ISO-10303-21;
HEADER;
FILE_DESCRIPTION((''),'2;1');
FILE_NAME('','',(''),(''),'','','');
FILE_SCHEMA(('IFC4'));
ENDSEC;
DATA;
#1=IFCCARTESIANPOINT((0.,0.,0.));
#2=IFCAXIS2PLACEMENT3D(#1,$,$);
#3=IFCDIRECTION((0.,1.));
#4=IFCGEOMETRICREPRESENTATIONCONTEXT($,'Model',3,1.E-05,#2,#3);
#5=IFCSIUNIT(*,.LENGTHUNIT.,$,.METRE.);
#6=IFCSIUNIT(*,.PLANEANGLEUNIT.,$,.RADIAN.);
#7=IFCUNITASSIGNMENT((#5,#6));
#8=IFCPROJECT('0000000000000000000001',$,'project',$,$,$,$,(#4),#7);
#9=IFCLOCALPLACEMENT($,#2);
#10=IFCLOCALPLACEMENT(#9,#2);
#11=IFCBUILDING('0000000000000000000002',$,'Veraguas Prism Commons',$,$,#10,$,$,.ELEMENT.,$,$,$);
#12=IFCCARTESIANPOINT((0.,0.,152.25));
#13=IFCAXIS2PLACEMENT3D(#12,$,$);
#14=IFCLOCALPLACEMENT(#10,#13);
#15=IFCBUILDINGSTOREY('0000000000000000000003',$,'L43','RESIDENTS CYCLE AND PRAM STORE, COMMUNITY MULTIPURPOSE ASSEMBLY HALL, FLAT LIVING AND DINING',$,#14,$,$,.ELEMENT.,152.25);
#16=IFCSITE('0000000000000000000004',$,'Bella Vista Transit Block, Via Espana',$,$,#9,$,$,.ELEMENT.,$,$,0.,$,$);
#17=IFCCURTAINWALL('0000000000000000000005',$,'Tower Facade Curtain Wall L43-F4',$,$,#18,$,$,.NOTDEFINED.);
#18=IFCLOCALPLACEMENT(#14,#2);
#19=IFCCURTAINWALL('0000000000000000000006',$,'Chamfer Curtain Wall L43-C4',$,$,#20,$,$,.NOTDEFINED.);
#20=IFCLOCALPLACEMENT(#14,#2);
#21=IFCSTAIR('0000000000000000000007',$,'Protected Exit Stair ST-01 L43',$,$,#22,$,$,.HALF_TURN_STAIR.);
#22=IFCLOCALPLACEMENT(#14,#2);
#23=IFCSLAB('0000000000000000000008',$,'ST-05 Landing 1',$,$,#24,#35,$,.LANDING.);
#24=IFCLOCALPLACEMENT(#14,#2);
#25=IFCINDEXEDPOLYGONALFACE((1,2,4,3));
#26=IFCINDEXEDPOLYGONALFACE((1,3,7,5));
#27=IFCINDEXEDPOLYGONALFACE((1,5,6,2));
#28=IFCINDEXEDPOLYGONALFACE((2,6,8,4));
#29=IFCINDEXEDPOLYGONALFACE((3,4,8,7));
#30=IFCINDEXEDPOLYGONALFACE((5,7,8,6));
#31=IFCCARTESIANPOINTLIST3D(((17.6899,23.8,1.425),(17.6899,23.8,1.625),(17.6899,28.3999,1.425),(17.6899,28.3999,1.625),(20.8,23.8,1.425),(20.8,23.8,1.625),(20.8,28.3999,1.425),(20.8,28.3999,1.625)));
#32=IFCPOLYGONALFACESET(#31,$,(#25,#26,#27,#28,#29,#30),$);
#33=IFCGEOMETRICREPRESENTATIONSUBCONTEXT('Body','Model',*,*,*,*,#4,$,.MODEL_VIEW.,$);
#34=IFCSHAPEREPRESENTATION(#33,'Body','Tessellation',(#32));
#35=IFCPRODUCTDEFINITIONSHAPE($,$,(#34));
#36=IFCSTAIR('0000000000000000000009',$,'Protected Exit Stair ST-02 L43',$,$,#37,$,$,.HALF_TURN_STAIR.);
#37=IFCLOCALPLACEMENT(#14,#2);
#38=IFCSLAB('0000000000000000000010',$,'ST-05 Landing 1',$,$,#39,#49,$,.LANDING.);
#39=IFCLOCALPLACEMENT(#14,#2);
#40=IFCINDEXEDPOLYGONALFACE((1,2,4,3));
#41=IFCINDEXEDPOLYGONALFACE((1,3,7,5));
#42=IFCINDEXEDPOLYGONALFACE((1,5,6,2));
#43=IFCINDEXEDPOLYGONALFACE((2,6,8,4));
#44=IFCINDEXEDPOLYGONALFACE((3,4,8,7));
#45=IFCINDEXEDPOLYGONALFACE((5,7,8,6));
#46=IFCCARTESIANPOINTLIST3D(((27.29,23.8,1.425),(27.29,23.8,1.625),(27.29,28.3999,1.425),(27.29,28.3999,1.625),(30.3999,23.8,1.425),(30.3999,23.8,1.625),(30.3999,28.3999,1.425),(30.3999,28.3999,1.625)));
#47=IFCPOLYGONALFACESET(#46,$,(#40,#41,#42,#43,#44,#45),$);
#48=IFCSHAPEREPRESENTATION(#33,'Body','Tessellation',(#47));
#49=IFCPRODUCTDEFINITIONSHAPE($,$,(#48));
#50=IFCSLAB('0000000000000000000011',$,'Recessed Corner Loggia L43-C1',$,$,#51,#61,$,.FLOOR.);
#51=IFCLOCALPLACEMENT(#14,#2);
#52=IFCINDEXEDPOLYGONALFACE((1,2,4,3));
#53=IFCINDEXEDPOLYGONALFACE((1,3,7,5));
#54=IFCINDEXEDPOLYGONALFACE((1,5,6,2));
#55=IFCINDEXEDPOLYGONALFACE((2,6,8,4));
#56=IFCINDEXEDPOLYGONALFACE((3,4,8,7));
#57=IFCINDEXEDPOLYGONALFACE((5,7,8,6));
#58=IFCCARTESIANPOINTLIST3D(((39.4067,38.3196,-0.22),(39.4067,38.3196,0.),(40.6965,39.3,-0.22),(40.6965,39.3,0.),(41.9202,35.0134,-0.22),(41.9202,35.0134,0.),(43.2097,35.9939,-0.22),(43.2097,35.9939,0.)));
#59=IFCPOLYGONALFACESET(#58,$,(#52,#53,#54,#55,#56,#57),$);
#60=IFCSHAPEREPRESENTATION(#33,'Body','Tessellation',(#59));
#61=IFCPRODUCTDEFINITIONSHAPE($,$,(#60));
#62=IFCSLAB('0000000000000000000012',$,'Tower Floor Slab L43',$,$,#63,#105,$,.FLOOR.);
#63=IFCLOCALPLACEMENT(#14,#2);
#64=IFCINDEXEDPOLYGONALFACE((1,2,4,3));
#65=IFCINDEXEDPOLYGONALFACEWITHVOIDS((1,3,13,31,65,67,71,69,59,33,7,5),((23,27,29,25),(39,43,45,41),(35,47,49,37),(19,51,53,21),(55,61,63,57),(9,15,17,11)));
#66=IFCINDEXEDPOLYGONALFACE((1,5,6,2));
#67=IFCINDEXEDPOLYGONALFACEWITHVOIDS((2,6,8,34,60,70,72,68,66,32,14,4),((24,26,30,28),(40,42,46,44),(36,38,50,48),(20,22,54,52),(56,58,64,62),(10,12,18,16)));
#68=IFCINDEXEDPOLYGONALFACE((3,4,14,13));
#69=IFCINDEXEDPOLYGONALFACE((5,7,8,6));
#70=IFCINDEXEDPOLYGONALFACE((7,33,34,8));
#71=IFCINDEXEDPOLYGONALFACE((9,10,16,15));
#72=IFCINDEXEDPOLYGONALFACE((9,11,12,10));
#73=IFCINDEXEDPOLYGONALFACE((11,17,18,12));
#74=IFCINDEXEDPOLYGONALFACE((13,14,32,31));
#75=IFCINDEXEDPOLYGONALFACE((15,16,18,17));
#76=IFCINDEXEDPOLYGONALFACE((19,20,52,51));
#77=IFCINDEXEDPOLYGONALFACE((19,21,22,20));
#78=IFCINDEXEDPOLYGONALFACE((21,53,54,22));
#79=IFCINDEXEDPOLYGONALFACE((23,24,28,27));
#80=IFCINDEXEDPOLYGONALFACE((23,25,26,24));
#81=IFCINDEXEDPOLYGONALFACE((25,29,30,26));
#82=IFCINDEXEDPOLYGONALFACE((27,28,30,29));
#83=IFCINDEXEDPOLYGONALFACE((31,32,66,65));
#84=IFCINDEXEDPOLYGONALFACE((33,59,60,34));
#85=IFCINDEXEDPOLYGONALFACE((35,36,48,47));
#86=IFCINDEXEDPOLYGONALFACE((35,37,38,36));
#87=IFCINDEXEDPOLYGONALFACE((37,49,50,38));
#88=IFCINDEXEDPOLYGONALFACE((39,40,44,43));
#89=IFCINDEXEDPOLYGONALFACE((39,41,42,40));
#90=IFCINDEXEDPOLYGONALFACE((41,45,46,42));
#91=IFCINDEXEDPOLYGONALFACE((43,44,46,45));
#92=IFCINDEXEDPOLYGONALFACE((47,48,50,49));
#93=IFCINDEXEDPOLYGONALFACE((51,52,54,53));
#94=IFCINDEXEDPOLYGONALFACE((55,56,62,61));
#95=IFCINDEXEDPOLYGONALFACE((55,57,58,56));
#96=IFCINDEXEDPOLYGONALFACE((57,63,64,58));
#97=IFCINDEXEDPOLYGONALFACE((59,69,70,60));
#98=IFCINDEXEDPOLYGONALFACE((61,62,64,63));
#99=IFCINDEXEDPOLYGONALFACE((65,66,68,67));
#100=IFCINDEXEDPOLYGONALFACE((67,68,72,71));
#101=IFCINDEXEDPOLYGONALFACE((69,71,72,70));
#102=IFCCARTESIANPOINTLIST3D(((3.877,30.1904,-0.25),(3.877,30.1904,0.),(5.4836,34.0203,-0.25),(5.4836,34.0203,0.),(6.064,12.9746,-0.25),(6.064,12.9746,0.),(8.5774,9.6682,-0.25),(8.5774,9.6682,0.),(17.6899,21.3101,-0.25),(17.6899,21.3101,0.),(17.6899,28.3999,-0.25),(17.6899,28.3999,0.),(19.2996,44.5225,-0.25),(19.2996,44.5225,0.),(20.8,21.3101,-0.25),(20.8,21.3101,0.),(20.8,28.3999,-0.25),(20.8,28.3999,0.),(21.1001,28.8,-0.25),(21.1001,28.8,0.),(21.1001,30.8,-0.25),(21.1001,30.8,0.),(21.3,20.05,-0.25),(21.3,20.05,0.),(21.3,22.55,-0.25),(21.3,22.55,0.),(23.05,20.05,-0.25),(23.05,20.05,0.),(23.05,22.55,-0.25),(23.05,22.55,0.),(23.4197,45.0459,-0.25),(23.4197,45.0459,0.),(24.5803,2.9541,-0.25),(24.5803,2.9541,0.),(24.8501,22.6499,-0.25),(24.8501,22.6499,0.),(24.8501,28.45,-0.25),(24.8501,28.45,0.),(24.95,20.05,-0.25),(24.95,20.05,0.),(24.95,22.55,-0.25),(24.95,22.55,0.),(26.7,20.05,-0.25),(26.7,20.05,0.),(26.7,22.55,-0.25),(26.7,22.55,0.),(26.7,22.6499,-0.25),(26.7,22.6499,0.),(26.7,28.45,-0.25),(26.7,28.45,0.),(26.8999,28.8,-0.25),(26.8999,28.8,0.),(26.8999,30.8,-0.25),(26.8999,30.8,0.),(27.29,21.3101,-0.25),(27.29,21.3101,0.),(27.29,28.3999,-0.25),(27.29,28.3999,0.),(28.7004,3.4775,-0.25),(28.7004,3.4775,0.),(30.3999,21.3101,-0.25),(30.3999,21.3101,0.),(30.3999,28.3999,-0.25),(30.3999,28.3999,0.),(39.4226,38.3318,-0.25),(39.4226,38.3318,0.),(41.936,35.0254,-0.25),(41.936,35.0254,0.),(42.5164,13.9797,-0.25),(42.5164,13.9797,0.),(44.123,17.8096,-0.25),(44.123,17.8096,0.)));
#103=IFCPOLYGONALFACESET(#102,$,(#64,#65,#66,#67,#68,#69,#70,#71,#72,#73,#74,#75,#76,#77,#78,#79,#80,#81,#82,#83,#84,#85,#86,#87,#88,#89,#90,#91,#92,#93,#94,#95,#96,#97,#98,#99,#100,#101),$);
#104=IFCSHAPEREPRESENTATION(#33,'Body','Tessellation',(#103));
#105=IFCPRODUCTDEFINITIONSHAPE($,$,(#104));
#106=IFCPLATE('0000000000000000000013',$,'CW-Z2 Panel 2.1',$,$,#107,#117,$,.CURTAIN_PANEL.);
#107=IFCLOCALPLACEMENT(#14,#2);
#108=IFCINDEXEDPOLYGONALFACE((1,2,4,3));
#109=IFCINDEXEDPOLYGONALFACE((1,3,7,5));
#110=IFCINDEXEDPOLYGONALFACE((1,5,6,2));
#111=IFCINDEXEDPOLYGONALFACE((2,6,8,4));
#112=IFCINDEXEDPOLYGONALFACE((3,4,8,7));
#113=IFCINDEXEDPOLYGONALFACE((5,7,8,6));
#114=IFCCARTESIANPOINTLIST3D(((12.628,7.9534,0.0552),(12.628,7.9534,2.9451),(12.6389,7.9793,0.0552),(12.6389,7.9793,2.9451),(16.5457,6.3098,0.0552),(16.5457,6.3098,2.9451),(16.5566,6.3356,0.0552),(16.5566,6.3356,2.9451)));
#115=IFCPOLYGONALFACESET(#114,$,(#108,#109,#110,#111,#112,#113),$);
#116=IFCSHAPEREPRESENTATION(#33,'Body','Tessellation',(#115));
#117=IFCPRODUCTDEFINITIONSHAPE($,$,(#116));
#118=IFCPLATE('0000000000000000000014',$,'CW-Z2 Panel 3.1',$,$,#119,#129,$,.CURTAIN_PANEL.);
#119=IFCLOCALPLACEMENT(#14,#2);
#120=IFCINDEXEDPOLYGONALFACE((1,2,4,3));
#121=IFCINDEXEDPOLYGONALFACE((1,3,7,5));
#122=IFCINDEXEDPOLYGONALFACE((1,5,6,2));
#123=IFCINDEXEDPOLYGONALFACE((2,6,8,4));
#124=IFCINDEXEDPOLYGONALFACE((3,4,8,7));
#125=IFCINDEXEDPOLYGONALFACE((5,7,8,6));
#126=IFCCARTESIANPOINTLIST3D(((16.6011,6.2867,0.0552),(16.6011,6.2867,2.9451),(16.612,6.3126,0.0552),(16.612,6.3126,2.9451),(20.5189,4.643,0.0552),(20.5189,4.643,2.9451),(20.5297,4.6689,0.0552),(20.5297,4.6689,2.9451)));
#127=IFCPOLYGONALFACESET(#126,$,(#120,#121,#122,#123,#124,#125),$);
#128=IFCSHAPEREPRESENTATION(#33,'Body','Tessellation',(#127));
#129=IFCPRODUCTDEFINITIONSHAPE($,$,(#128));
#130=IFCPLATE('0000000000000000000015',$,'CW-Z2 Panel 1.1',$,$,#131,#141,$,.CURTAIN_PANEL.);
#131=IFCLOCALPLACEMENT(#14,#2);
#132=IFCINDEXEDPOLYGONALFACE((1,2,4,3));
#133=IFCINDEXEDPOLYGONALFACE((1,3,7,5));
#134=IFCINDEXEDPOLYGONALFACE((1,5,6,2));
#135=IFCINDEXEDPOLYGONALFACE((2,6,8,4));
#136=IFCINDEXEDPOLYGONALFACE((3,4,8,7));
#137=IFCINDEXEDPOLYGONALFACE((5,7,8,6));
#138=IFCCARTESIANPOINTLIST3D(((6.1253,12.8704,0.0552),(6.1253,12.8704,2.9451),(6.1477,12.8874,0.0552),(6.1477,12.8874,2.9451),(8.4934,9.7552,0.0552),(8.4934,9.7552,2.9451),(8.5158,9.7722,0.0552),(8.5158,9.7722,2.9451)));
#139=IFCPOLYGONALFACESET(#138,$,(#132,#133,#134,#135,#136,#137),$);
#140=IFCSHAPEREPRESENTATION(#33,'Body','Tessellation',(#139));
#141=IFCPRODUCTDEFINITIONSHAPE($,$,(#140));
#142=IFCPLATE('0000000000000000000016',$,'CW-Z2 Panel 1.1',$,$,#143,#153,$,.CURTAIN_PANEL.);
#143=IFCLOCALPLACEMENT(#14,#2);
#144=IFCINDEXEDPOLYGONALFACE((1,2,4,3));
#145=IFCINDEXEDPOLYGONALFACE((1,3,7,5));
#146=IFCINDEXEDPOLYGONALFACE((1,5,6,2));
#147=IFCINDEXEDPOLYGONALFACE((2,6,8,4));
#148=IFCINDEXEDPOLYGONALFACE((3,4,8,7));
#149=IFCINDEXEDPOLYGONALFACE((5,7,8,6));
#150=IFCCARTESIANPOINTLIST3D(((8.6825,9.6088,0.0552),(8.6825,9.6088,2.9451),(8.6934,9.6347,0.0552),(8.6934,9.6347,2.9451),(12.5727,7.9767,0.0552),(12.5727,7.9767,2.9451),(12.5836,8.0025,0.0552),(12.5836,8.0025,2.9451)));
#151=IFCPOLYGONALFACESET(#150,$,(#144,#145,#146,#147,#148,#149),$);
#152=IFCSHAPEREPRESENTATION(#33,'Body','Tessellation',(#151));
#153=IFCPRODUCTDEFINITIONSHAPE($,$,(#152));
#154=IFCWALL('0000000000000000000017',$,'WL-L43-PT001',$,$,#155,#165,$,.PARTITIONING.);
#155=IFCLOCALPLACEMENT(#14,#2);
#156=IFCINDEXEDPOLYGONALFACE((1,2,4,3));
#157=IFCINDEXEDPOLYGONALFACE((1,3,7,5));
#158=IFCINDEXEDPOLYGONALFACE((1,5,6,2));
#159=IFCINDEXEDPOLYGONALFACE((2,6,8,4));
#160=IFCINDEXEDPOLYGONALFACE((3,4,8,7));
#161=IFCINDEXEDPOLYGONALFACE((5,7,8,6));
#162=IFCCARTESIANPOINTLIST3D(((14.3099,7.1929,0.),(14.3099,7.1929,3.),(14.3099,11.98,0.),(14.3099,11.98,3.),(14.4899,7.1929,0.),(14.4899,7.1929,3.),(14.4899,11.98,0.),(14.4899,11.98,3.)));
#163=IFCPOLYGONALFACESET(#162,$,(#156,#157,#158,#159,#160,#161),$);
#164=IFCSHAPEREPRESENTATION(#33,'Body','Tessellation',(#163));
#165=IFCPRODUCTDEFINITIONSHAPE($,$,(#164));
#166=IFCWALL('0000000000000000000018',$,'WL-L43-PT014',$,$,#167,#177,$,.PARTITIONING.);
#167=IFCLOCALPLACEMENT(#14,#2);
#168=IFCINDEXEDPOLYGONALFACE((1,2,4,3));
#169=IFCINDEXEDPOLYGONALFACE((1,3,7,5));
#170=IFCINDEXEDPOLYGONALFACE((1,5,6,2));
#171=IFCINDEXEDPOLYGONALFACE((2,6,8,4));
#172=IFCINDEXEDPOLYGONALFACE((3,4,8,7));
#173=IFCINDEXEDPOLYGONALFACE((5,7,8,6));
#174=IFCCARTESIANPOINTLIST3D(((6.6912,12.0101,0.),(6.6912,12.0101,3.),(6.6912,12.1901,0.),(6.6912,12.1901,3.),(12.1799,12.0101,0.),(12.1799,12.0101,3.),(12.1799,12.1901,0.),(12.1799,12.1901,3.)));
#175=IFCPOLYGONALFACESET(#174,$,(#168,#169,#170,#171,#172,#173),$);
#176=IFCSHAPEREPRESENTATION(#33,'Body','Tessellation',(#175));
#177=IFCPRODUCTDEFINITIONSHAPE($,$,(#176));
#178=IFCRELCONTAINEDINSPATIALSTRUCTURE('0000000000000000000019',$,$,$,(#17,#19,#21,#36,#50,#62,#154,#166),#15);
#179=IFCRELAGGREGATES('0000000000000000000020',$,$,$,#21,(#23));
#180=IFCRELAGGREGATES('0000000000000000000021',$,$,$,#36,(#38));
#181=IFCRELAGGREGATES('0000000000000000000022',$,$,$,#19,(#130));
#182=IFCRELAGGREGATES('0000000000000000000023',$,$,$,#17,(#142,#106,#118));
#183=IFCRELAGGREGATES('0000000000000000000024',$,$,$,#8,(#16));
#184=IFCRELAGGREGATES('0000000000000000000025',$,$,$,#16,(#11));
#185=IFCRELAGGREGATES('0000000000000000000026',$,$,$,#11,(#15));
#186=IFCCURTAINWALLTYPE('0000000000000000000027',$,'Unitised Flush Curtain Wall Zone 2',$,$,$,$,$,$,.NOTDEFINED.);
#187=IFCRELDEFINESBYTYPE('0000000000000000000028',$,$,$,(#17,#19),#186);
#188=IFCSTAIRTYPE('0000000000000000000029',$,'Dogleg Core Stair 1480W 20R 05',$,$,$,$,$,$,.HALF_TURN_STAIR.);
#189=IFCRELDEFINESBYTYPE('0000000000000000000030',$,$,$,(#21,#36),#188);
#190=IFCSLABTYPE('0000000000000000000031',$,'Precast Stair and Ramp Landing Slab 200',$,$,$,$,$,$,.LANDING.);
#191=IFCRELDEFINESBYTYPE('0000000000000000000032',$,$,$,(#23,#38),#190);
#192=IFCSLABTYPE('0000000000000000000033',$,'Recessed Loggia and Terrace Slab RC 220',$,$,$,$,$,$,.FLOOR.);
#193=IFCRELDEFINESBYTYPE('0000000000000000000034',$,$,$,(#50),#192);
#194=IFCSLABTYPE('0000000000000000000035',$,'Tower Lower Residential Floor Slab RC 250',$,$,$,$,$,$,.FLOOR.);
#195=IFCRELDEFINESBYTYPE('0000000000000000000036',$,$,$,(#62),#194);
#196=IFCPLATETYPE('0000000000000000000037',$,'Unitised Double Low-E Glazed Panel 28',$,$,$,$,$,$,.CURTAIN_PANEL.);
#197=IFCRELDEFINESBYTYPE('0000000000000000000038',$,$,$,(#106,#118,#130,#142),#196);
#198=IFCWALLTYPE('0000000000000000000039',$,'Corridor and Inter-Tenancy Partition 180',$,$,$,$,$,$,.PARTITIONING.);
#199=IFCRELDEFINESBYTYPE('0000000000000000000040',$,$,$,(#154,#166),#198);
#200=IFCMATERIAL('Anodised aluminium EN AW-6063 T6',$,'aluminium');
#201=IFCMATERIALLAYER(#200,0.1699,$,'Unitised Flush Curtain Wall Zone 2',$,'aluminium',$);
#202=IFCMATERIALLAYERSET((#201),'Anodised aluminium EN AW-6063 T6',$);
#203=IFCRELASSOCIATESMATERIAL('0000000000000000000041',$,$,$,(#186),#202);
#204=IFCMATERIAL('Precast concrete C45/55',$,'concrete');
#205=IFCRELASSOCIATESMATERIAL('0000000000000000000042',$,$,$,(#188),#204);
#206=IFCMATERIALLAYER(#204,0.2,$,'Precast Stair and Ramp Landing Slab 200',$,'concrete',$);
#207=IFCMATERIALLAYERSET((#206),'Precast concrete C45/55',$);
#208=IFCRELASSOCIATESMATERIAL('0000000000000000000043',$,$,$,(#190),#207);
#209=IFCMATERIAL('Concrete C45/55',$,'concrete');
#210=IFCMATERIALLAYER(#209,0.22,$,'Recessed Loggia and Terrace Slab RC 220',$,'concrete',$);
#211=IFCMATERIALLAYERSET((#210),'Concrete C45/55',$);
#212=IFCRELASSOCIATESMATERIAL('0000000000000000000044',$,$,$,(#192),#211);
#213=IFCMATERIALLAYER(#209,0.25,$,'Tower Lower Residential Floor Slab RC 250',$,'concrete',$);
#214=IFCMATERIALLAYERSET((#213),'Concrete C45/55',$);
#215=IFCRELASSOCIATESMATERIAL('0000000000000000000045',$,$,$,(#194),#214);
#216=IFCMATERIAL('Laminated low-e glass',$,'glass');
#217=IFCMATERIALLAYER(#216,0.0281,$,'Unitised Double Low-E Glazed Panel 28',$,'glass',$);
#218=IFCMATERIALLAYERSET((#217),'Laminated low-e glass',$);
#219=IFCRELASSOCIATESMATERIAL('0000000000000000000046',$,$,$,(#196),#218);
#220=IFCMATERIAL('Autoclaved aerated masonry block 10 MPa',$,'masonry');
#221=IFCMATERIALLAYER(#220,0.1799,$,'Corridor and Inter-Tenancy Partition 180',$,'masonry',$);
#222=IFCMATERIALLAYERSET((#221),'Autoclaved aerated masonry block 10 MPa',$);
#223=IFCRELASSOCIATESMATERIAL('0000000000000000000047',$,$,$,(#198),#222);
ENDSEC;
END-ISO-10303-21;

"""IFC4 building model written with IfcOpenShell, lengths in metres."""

from ifc_helpers import new_model, si_unit, direction, frame, frame_2d, origin, origin_2d, place, context, subcontext, project, spatial, polyline, rectangle, outline, extrude, source, transform, mapped, material, layer, layer_set, type_object, element, aggregate, save


model = new_model("IFC4")

# Units and contexts
model_context = context("Model", 3, precision=1e-05, world=origin(), true_north=direction((0.0, 1.0)))
body_context = subcontext(model_context, "Body", "Model", "MODEL_VIEW")
ifc_project = project(units=[si_unit("LENGTHUNIT", "METRE"), si_unit("PLANEANGLEUNIT", "RADIAN")], contexts=[model_context])

# Site, building, storey
site_placement = place(None, origin())
site = spatial("IfcSite", under=ifc_project, at=site_placement, Name="Bella Vista Transit Block, Via Espana", CompositionType="ELEMENT", RefElevation=0.0)
building_placement = place(site_placement, origin())
building = spatial("IfcBuilding", under=site, at=building_placement, Name="Veraguas Prism Commons", CompositionType="ELEMENT")
storey_placement = place(building_placement, frame((0.0, 0.0, 152.25)))
storey = spatial("IfcBuildingStorey", under=building, at=storey_placement, Name="L43", Description="RESIDENTS CYCLE AND PRAM STORE, COMMUNITY MULTIPURPOSE ASSEMBLY HALL, FLAT LIVING AND DINING", CompositionType="ELEMENT", Elevation=152.25)

# Curtain wall
ifc_material_1 = material(Name="Anodised aluminium EN AW-6063 T6", Category="aluminium")
ifc_layer_1 = layer(ifc_material_1, 0.1699, Name="Unitised Flush Curtain Wall Zone 2", Category="aluminium")
ifc_layer_set_1 = layer_set([ifc_layer_1], Name="Anodised aluminium EN AW-6063 T6")
curtain_wall_type = type_object("IfcCurtainWallType", Name="Unitised Flush Curtain Wall Zone 2", PredefinedType="NOTDEFINED", material=ifc_layer_set_1)
curtain_wall_1_placement = place(storey_placement, origin())
curtain_wall_1 = element("IfcCurtainWall", 1, at=curtain_wall_1_placement, inside=storey, type_object=curtain_wall_type, Name="Tower Facade Curtain Wall L43-F4", PredefinedType="NOTDEFINED")

# Curtain wall
curtain_wall_2_placement = place(storey_placement, origin())
curtain_wall_2 = element("IfcCurtainWall", 2, at=curtain_wall_2_placement, inside=storey, type_object=curtain_wall_type, Name="Chamfer Curtain Wall L43-C4", PredefinedType="NOTDEFINED")

# Stairs, slabs
ifc_material_2 = material(Name="Precast concrete C45/55", Category="concrete")
stair_type = type_object("IfcStairType", Name="Dogleg Core Stair 1480W 20R 05", PredefinedType="HALF_TURN_STAIR", material=ifc_material_2)
stair_1_placement = place(storey_placement, origin())
stair_1 = element("IfcStair", 3, at=stair_1_placement, inside=storey, type_object=stair_type, Name="Protected Exit Stair ST-01 L43", PredefinedType="HALF_TURN_STAIR")
ifc_layer_2 = layer(ifc_material_2, 0.2, Name="Precast Stair and Ramp Landing Slab 200", Category="concrete")
ifc_layer_set_2 = layer_set([ifc_layer_2], Name="Precast concrete C45/55")
slab_type_1 = type_object("IfcSlabType", Name="Precast Stair and Ramp Landing Slab 200", PredefinedType="LANDING", material=ifc_layer_set_2)
slab_1_placement = place(storey_placement, frame((0.0, 0.0, 1.425)))
slab_1 = element("IfcSlab", 4, at=slab_1_placement, type_object=slab_type_1, Name="ST-05 Landing 1", PredefinedType="LANDING", context=body_context, shape_type="SweptSolid", body=[
    extrude(outline(polyline([(20.8, 23.8), (20.8, 28.3999), (17.6899, 28.3999), (17.6899, 23.8), (20.8, 23.8)])), origin(), (0.0, 0.0, 1.0), 0.2),
])
aggregate(stair_1, [slab_1])
stair_2_placement = place(storey_placement, origin())
stair_2 = element("IfcStair", 5, at=stair_2_placement, inside=storey, type_object=stair_type, Name="Protected Exit Stair ST-02 L43", PredefinedType="HALF_TURN_STAIR")
slab_2_placement = place(storey_placement, frame((0.0, 0.0, 1.425)))
slab_2 = element("IfcSlab", 6, at=slab_2_placement, type_object=slab_type_1, Name="ST-05 Landing 1", PredefinedType="LANDING", context=body_context, shape_type="SweptSolid", body=[
    extrude(outline(polyline([(30.3999, 23.8), (30.3999, 28.3999), (27.29, 28.3999), (27.29, 23.8), (30.3999, 23.8)])), origin(), (0.0, 0.0, 1.0), 0.2),
])
aggregate(stair_2, [slab_2])

# Slabs
ifc_material_3 = material(Name="Concrete C45/55", Category="concrete")
ifc_layer_3 = layer(ifc_material_3, 0.22, Name="Recessed Loggia and Terrace Slab RC 220", Category="concrete")
ifc_layer_set_3 = layer_set([ifc_layer_3], Name="Concrete C45/55")
slab_type_2 = type_object("IfcSlabType", Name="Recessed Loggia and Terrace Slab RC 220", PredefinedType="FLOOR", material=ifc_layer_set_3)
slab_3_placement = place(storey_placement, frame((0.0, 0.0, -0.22)))
element("IfcSlab", 7, at=slab_3_placement, inside=storey, type_object=slab_type_2, Name="Recessed Corner Loggia L43-C1", PredefinedType="FLOOR", context=body_context, shape_type="SweptSolid", body=[
    extrude(outline(polyline([(41.9202, 35.0134), (43.2097, 35.9939), (40.6965, 39.3), (39.4067, 38.3196), (41.9202, 35.0134)])), origin(), (0.0, 0.0, 1.0), 0.22),
])
ifc_layer_4 = layer(ifc_material_3, 0.25, Name="Tower Lower Residential Floor Slab RC 250", Category="concrete")
ifc_layer_set_4 = layer_set([ifc_layer_4], Name="Concrete C45/55")
slab_type_3 = type_object("IfcSlabType", Name="Tower Lower Residential Floor Slab RC 250", PredefinedType="FLOOR", material=ifc_layer_set_4)
slab_4_placement = place(storey_placement, frame((0.0, 0.0, -0.25)))
element("IfcSlab", 8, at=slab_4_placement, inside=storey, type_object=slab_type_3, Name="Tower Floor Slab L43", PredefinedType="FLOOR", context=body_context, shape_type="SweptSolid", body=[
    extrude(outline(polyline([(41.936, 35.0254), (39.4226, 38.3318), (23.4197, 45.0459), (19.2996, 44.5225), (5.4836, 34.0203), (3.877, 30.1904), (6.064, 12.9746), (8.5774, 9.6682), (24.5803, 2.9541), (28.7004, 3.4775), (42.5164, 13.9797), (44.123, 17.8096), (41.936, 35.0254)]), holes=[polyline([(20.8, 21.3101), (20.8, 28.3999), (17.6899, 28.3999), (17.6899, 21.3101), (20.8, 21.3101)]), polyline([(30.3999, 21.3101), (30.3999, 28.3999), (27.29, 28.3999), (27.29, 21.3101), (30.3999, 21.3101)]), polyline([(24.8501, 22.6499), (26.7, 22.6499), (26.7, 28.45), (24.8501, 28.45), (24.8501, 22.6499)]), polyline([(21.1001, 28.8), (26.8999, 28.8), (26.8999, 30.8), (21.1001, 30.8), (21.1001, 28.8)]), polyline([(21.3, 20.05), (23.05, 20.05), (23.05, 22.55), (21.3, 22.55), (21.3, 20.05)]), polyline([(24.95, 20.05), (26.7, 20.05), (26.7, 22.55), (24.95, 22.55), (24.95, 20.05)])]), origin(), (0.0, 0.0, 1.0), 0.25),
])

# Plates
ifc_material_4 = material(Name="Laminated low-e glass", Category="glass")
ifc_layer_5 = layer(ifc_material_4, 0.0281, Name="Unitised Double Low-E Glazed Panel 28", Category="glass")
ifc_layer_set_5 = layer_set([ifc_layer_5], Name="Laminated low-e glass")
plate_type = type_object("IfcPlateType", Name="Unitised Double Low-E Glazed Panel 28", PredefinedType="CURTAIN_PANEL", material=ifc_layer_set_5)
shared_shape_1 = source(origin(), body_context, "Body", "SweptSolid", [
    extrude(rectangle(XDim=4.2485, YDim=0.0281, at=origin_2d()), origin(), (0.0, 0.0, 1.0), 2.8899),
])
plate_1_placement = place(storey_placement, frame((14.5923, 7.1445, 0.0552), z_axis=(0.0, 0.0, 1.0), x_axis=(0.922132, -0.386875, 0.0)))
plate_1 = element("IfcPlate", 9, at=plate_1_placement, type_object=plate_type, Name="CW-Z2 Panel 2.1", PredefinedType="CURTAIN_PANEL", context=body_context, shape_type="MappedRepresentation", body=[
    mapped(shared_shape_1, transform((0.0, 0.0, 0.0), scale=1.0)),
])
plate_2_placement = place(storey_placement, frame((18.5654, 5.4778, 0.0552), z_axis=(0.0, 0.0, 1.0), x_axis=(0.922132, -0.386875, 0.0)))
plate_2 = element("IfcPlate", 10, at=plate_2_placement, type_object=plate_type, Name="CW-Z2 Panel 3.1", PredefinedType="CURTAIN_PANEL", context=body_context, shape_type="MappedRepresentation", body=[
    mapped(shared_shape_1, transform((0.0, 0.0, 0.0), scale=1.0)),
])
shared_shape_2 = source(origin(), body_context, "Body", "SweptSolid", [
    extrude(rectangle(XDim=3.9131, YDim=0.0281, at=origin_2d()), origin(), (0.0, 0.0, 1.0), 2.8899),
])
plate_3_placement = place(storey_placement, frame((7.3206, 11.3213, 0.0552), z_axis=(0.0, 0.0, 1.0), x_axis=(0.605173, -0.796094, 0.0)))
plate_3 = element("IfcPlate", 11, at=plate_3_placement, type_object=plate_type, Name="CW-Z2 Panel 1.1", PredefinedType="CURTAIN_PANEL", context=body_context, shape_type="MappedRepresentation", body=[
    mapped(shared_shape_2, transform((0.0, 0.0, 0.0), scale=1.0)),
])
aggregate(curtain_wall_2, [plate_3])
shared_shape_3 = source(origin(), body_context, "Body", "SweptSolid", [
    extrude(rectangle(XDim=4.2188, YDim=0.0281, at=origin_2d()), origin(), (0.0, 0.0, 1.0), 2.8899),
])
plate_4_placement = place(storey_placement, frame((10.6331, 8.8057, 0.0552), z_axis=(0.0, 0.0, 1.0), x_axis=(0.922132, -0.386875, 0.0)))
plate_4 = element("IfcPlate", 12, at=plate_4_placement, type_object=plate_type, Name="CW-Z2 Panel 1.1", PredefinedType="CURTAIN_PANEL", context=body_context, shape_type="MappedRepresentation", body=[
    mapped(shared_shape_3, transform((0.0, 0.0, 0.0), scale=1.0)),
])
aggregate(curtain_wall_1, [plate_4, plate_1, plate_2])

# Walls
ifc_material_5 = material(Name="Autoclaved aerated masonry block 10 MPa", Category="masonry")
ifc_layer_6 = layer(ifc_material_5, 0.1799, Name="Corridor and Inter-Tenancy Partition 180", Category="masonry")
ifc_layer_set_6 = layer_set([ifc_layer_6], Name="Autoclaved aerated masonry block 10 MPa")
wall_type = type_object("IfcWallType", Name="Corridor and Inter-Tenancy Partition 180", PredefinedType="PARTITIONING", material=ifc_layer_set_6)
wall_1_placement = place(storey_placement, frame((14.3999, 11.98, 0.0), z_axis=(0.0, 0.0, 1.0), x_axis=(0.0, -1.0, 0.0)))
element("IfcWall", 13, at=wall_1_placement, inside=storey, type_object=wall_type, Name="WL-L43-PT001", PredefinedType="PARTITIONING", context=body_context, shape_type="SweptSolid", body=[
    extrude(rectangle(XDim=4.7871, YDim=0.1799, at=frame_2d((2.3936, 0.0))), origin(), (0.0, 0.0, 1.0), 3.0),
])
wall_2_placement = place(storey_placement, frame((12.1799, 12.1001, 0.0), z_axis=(0.0, 0.0, 1.0), x_axis=(-1.0, 0.0, 0.0)))
element("IfcWall", 14, at=wall_2_placement, inside=storey, type_object=wall_type, Name="WL-L43-PT014", PredefinedType="PARTITIONING", context=body_context, shape_type="SweptSolid", body=[
    extrude(rectangle(XDim=5.4888, YDim=0.1799, at=frame_2d((2.7444, 0.0))), origin(), (0.0, 0.0, 1.0), 3.0),
])

save(model, "model.ifc")
